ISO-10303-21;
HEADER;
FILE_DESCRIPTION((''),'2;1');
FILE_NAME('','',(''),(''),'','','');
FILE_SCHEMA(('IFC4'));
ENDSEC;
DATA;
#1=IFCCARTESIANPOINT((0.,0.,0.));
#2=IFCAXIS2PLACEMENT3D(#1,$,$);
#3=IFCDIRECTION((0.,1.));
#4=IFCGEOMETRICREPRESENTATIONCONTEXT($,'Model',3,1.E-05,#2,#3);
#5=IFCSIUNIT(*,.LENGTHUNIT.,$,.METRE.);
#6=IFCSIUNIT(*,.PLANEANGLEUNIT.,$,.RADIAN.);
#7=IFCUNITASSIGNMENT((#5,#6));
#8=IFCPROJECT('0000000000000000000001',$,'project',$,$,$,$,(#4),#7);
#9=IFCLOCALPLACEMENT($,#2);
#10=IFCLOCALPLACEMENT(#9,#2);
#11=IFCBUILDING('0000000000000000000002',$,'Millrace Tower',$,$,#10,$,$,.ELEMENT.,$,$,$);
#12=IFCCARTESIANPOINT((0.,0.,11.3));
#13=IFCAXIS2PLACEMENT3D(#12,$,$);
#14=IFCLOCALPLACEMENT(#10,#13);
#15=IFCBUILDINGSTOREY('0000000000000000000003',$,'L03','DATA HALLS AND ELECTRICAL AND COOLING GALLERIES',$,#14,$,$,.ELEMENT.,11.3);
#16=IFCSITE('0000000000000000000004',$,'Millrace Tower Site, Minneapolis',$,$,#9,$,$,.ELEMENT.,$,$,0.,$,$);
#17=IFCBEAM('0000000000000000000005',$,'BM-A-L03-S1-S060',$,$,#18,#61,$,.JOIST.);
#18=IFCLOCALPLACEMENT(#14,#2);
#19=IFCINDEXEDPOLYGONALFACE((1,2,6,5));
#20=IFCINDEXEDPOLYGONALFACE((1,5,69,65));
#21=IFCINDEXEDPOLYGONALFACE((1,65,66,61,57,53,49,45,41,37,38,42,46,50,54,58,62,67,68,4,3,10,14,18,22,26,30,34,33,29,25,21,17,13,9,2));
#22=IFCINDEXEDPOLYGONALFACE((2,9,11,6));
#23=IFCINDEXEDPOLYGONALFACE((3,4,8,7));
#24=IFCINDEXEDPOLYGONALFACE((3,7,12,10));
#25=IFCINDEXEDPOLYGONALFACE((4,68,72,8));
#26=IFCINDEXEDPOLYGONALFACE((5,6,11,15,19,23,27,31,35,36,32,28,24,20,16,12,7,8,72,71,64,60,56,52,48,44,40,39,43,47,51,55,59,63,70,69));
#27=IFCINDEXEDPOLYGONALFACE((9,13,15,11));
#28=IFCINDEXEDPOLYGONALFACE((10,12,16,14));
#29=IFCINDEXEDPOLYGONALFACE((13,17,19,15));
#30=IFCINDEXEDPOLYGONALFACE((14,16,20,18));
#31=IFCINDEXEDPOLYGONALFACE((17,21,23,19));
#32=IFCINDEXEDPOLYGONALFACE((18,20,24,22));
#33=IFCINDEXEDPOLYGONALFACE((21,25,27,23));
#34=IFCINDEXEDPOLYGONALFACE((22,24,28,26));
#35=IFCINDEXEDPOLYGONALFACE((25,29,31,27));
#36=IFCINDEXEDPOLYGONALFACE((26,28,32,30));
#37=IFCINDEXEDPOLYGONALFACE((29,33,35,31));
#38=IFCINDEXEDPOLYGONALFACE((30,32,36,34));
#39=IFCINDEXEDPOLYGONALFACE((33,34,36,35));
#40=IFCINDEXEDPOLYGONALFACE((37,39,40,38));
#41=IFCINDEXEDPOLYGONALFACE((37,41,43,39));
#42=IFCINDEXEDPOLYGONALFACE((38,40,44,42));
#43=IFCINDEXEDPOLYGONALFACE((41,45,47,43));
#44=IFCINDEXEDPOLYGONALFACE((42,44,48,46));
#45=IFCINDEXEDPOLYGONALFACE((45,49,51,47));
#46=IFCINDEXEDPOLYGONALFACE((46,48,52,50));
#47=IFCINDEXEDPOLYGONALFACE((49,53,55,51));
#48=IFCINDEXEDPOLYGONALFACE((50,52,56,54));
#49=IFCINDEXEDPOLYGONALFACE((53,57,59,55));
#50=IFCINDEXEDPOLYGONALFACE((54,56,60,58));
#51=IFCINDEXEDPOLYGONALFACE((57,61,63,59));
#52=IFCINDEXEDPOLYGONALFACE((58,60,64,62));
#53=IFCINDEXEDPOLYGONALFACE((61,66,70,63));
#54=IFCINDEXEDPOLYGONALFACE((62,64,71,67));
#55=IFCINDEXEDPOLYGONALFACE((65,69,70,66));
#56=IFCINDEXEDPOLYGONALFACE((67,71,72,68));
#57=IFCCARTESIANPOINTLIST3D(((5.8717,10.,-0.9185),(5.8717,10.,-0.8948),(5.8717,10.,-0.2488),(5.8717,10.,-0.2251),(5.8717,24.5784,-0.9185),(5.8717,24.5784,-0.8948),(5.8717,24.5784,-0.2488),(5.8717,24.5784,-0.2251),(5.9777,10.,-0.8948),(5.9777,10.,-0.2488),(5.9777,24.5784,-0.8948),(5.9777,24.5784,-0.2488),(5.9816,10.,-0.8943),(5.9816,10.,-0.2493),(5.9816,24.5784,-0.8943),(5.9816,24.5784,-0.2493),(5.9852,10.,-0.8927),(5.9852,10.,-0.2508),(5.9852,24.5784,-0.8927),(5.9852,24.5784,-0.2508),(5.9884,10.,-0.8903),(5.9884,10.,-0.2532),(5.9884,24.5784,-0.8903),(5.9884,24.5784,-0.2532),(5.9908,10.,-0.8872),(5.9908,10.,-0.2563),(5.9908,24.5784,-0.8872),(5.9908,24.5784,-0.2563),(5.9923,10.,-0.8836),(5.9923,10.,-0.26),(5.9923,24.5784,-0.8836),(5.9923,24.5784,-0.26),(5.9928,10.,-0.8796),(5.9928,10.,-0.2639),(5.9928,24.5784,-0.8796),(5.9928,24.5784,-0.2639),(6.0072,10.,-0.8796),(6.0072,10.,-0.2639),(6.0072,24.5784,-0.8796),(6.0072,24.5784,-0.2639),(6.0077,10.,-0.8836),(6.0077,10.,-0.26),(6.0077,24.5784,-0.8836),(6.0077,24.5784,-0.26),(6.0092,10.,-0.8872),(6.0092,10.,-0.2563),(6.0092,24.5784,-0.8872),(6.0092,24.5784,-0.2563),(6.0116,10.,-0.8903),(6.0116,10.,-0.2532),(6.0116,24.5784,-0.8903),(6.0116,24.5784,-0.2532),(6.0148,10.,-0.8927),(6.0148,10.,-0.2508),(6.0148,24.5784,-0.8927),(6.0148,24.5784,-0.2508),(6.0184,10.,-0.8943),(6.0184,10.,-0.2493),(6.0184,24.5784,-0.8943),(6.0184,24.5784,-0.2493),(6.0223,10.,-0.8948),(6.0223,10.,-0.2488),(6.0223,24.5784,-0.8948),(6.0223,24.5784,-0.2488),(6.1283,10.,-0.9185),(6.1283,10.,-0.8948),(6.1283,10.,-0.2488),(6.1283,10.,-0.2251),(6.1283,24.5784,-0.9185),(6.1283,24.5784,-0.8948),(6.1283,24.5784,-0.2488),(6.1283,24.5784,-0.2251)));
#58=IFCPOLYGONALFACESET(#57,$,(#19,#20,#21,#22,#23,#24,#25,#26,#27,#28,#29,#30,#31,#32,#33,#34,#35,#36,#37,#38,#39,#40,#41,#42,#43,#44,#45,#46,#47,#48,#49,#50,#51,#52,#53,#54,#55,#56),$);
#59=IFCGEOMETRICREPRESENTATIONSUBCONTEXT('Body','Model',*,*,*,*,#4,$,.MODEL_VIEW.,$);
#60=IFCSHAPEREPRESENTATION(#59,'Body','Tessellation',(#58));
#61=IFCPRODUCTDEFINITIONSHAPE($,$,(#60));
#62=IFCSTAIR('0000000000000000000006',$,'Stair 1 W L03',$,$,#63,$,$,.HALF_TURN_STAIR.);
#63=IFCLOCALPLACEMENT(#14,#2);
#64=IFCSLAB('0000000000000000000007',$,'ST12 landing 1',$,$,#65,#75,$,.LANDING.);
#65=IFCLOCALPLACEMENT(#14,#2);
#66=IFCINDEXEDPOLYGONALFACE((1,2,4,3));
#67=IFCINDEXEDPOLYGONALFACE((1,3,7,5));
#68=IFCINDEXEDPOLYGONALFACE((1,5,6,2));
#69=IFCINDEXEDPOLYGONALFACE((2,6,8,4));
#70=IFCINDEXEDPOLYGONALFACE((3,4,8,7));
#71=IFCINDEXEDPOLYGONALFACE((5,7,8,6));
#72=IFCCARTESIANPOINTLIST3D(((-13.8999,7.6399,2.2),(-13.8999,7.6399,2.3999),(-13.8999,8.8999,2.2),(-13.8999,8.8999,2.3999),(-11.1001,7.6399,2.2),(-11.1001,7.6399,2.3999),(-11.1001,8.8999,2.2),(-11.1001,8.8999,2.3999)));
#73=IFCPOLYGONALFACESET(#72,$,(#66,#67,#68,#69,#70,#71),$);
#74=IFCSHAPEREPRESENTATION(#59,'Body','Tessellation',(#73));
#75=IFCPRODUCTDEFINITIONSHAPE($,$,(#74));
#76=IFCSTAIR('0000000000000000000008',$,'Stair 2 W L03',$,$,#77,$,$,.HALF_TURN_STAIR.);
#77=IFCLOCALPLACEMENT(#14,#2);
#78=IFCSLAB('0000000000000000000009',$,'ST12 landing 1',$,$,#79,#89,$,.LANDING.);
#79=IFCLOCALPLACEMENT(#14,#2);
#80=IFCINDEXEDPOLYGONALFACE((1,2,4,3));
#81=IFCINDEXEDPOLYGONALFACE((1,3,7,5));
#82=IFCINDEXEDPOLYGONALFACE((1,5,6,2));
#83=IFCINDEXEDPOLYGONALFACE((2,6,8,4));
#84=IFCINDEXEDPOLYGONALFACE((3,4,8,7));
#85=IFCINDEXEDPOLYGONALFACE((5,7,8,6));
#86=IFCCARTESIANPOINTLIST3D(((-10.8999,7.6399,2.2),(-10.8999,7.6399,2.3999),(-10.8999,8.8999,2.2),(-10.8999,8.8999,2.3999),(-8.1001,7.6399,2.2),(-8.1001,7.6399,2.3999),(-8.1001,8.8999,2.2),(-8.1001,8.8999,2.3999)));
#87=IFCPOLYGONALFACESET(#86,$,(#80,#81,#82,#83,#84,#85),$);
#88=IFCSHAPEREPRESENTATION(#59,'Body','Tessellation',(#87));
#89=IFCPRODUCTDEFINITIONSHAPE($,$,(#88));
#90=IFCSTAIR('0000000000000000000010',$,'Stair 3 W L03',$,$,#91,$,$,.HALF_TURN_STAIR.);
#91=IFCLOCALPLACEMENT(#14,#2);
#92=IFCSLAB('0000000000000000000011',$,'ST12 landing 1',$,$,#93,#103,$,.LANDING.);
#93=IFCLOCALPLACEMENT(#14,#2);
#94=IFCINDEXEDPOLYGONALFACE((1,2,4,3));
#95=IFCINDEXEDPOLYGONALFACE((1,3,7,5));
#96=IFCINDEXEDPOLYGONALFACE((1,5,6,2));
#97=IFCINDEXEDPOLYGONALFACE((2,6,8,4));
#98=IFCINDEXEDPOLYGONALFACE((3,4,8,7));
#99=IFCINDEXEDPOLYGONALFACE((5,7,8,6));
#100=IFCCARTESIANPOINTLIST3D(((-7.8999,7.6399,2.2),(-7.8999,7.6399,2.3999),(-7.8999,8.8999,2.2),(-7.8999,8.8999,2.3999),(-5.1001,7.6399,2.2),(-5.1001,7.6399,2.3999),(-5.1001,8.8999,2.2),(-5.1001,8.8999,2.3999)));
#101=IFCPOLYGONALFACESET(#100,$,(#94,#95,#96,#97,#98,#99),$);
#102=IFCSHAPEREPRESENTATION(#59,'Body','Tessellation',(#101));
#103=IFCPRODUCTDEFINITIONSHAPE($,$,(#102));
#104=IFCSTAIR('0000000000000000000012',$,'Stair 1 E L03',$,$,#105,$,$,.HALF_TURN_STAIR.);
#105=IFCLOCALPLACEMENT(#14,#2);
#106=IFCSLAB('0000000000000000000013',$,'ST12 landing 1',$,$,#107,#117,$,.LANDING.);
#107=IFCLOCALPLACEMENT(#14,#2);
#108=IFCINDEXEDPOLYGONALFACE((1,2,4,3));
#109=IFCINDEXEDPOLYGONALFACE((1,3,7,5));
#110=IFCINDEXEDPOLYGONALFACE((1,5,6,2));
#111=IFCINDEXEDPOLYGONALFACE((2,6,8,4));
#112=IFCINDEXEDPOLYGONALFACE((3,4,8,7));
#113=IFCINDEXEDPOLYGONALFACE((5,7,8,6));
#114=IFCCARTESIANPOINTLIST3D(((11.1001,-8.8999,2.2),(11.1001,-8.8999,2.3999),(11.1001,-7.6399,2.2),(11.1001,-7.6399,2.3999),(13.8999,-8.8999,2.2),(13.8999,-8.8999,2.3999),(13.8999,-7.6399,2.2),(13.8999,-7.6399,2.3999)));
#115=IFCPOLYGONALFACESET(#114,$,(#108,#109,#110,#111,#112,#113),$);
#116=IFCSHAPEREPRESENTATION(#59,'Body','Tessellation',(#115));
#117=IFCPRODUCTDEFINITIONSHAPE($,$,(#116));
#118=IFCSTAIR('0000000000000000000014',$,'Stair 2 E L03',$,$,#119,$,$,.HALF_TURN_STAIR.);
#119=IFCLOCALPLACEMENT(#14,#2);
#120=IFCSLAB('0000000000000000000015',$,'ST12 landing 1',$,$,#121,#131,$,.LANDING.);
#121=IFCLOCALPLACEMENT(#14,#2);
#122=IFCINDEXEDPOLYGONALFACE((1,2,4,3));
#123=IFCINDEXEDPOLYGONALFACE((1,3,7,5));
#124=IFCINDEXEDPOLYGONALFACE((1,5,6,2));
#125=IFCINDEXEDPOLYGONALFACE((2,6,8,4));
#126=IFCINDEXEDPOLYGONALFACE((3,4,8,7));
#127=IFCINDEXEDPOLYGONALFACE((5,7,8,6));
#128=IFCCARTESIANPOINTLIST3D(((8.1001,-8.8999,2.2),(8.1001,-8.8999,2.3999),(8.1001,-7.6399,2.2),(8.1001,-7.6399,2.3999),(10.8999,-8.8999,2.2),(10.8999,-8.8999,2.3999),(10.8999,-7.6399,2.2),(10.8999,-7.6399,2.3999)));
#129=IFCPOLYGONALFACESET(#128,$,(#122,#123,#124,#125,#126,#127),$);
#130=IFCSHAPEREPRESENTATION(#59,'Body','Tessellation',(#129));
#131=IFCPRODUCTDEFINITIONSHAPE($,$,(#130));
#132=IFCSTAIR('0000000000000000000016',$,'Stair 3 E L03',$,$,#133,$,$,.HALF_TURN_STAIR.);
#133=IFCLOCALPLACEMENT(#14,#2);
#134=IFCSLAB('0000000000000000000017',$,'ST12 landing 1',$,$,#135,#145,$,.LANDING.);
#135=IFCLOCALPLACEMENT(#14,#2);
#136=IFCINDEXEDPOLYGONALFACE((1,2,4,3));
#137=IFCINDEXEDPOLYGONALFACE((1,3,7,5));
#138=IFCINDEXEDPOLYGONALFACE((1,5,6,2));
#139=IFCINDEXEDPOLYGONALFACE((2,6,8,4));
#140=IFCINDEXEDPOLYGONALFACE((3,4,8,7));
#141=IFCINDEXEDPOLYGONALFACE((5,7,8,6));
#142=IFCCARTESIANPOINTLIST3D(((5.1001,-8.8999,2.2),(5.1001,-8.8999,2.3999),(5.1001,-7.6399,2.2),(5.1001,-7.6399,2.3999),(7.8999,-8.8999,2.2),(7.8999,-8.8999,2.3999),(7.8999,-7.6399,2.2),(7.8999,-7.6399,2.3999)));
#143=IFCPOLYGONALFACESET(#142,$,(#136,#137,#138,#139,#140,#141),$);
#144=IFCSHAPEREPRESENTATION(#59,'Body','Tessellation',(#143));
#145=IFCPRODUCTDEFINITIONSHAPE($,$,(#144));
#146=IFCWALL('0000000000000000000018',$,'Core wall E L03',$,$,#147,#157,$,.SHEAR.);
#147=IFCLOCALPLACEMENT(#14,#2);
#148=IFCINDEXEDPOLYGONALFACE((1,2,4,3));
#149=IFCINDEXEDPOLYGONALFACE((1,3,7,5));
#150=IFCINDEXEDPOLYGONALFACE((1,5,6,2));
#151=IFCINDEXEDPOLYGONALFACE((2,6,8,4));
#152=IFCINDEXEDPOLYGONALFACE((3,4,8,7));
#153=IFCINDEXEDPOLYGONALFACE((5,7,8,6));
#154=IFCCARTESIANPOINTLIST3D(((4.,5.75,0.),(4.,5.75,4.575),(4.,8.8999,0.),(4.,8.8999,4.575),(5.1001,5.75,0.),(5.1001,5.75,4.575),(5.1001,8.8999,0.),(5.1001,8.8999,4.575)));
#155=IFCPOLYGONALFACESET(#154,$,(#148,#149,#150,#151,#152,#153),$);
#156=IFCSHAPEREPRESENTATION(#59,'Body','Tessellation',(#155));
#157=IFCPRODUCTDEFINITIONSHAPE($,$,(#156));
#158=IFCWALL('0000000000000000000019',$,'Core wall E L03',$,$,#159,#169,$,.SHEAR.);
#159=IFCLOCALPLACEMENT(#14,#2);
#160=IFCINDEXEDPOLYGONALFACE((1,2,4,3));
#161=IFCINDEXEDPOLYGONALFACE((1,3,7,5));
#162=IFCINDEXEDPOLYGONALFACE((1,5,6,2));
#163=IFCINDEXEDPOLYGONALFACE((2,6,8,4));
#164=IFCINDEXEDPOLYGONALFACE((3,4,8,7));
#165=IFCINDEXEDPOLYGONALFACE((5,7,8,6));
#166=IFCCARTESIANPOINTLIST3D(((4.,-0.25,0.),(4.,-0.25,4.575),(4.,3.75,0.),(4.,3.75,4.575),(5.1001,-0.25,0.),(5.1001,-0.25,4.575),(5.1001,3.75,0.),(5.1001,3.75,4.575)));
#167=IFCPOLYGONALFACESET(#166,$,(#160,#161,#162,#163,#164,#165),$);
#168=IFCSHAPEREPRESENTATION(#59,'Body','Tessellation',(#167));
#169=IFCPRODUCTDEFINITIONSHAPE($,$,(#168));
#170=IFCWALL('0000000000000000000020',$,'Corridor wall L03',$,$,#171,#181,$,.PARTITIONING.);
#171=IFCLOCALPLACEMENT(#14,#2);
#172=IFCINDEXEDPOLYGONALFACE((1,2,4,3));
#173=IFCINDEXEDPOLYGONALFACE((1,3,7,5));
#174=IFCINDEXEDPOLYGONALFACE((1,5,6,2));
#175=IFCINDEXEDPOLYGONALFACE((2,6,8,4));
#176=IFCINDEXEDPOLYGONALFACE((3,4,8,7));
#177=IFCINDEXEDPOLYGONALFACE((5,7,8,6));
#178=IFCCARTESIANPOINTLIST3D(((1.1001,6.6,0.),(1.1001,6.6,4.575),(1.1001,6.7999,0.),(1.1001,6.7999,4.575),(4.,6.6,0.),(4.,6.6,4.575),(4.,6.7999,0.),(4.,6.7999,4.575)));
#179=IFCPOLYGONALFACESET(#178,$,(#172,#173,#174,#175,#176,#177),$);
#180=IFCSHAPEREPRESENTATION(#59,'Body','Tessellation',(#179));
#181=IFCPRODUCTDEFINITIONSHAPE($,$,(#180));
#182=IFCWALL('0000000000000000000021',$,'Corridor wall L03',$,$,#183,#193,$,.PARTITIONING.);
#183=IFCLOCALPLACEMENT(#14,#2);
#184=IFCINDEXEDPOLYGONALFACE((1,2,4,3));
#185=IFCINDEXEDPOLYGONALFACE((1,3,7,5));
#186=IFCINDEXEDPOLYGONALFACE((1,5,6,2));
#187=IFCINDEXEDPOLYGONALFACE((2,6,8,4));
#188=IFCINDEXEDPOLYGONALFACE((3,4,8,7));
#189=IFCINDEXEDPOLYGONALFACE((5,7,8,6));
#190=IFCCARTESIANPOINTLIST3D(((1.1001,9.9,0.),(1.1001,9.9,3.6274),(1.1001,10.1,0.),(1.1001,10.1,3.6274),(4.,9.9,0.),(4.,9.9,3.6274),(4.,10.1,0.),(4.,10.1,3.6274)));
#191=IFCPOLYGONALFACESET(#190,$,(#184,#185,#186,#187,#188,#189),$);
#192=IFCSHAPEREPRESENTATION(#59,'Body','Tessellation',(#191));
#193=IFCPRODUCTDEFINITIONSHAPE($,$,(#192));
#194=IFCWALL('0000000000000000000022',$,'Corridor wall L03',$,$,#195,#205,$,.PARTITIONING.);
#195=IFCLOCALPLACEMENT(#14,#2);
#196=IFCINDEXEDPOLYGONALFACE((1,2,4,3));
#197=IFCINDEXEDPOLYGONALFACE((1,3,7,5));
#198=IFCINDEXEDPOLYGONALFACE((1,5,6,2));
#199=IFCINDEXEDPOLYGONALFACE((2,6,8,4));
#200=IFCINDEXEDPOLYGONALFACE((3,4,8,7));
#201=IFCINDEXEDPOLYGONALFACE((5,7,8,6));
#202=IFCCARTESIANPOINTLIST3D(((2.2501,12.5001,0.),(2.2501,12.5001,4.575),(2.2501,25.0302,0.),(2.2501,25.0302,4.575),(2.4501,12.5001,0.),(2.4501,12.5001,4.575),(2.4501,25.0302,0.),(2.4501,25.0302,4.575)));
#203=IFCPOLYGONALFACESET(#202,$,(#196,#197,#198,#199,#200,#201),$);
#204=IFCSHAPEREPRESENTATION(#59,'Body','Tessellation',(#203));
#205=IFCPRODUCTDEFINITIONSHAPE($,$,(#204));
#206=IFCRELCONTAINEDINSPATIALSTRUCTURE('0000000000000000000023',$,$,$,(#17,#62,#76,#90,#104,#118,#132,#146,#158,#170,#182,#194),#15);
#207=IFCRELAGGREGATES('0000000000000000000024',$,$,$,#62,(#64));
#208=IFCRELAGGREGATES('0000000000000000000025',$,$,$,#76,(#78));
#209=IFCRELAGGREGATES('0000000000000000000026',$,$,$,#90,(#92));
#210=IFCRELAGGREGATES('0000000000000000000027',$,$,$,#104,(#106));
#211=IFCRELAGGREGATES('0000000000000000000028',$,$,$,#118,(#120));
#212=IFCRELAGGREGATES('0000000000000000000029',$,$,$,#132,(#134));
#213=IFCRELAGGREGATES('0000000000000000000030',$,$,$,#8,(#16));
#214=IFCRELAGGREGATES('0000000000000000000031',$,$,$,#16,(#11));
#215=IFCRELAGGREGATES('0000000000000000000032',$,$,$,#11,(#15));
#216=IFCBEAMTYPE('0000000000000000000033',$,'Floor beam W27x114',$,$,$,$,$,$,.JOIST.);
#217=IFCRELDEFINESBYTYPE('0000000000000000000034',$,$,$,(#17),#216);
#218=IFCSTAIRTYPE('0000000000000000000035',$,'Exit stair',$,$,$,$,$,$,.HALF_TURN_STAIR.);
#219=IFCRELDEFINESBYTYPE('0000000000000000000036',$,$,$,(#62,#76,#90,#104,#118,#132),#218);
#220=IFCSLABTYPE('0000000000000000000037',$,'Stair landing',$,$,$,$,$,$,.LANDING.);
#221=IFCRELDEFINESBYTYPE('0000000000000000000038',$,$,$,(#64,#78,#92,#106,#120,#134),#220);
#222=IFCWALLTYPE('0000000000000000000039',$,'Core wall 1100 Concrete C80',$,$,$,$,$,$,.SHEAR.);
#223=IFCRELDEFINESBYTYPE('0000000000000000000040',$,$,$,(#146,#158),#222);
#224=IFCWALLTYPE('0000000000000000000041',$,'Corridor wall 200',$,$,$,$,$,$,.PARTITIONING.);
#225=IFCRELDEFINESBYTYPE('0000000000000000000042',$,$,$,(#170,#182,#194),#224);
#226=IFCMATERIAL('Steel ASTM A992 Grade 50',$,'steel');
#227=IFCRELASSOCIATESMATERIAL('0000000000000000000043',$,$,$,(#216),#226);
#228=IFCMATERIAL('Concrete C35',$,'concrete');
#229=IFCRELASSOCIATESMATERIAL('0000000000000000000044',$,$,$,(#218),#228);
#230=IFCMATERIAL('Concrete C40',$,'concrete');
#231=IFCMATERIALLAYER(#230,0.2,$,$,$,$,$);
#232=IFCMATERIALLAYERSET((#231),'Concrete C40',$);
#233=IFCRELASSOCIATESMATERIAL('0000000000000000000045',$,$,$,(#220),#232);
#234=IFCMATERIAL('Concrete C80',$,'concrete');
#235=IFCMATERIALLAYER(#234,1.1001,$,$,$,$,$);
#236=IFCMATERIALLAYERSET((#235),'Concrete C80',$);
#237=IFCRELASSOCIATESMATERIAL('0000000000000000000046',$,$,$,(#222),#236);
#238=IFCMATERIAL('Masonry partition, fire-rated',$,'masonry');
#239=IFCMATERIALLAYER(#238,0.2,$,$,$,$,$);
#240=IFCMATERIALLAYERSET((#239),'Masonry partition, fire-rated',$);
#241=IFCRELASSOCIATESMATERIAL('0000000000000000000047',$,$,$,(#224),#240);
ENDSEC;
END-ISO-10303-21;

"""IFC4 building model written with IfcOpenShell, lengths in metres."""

from ifc_helpers import new_model, si_unit, direction, frame, frame_2d, origin, origin_2d, place, context, subcontext, project, spatial, polyline, rectangle, i_section, outline, extrude, material, layer, layer_set, material_profile, profile_set, type_object, element, aggregate, save


model = new_model("IFC4")

# Units and contexts
model_context = context("Model", 3, precision=1e-05, world=origin(), true_north=direction((0.0, 1.0)))
body_context = subcontext(model_context, "Body", "Model", "MODEL_VIEW")
ifc_project = project(units=[si_unit("LENGTHUNIT", "METRE"), si_unit("PLANEANGLEUNIT", "RADIAN")], contexts=[model_context])

# Site, building, storey
site_placement = place(None, origin())
site = spatial("IfcSite", under=ifc_project, at=site_placement, Name="Millrace Tower Site, Minneapolis", CompositionType="ELEMENT", RefElevation=0.0)
building_placement = place(site_placement, origin())
building = spatial("IfcBuilding", under=site, at=building_placement, Name="Millrace Tower", CompositionType="ELEMENT")
storey_placement = place(building_placement, frame((0.0, 0.0, 11.3)))
storey = spatial("IfcBuildingStorey", under=building, at=storey_placement, Name="L03", Description="DATA HALLS AND ELECTRICAL AND COOLING GALLERIES", CompositionType="ELEMENT", Elevation=11.3)

# Shared definitions
placement_1 = place(storey_placement, origin())

# Beam
ifc_material_1 = material(Name="Steel ASTM A992 Grade 50", Category="steel")
ifc_material_profile_1 = material_profile(ifc_material_1, i_section(OverallWidth=0.2566, OverallDepth=0.6934, WebThickness=0.0144, FlangeThickness=0.0237, FilletRadius=0.0151, at=origin_2d()))
ifc_profile_set_1 = profile_set([ifc_material_profile_1], Name="Steel ASTM A992 Grade 50")
beam_type_1 = type_object("IfcBeamType", Name="Floor beam W27x114", PredefinedType="JOIST", material=ifc_profile_set_1)
beam_1_placement = place(storey_placement, frame((6.0, 10.0, -0.5718), z_axis=(0.0, 1.0, 0.0), x_axis=(-1.0, 0.0, 0.0)))
element("IfcBeam", 1, at=beam_1_placement, inside=storey, type_object=beam_type_1, Name="BM-A-L03-S1-S060", PredefinedType="JOIST", context=body_context, shape_type="SweptSolid", body=[
    extrude(i_section(OverallWidth=0.2566, OverallDepth=0.6934, WebThickness=0.0144, FlangeThickness=0.0237, FilletRadius=0.0151, at=origin_2d()), origin(), (0.0, 0.0, 1.0), 14.5784),
])

# Stairs, slabs
ifc_material_2 = material(Name="Concrete C35", Category="concrete")
stair_type = type_object("IfcStairType", Name="Exit stair", PredefinedType="HALF_TURN_STAIR", material=ifc_material_2)
stair_1 = element("IfcStair", 2, at=placement_1, inside=storey, type_object=stair_type, Name="Stair 1 W L03", PredefinedType="HALF_TURN_STAIR")
ifc_material_3 = material(Name="Concrete C40", Category="concrete")
ifc_layer_1 = layer(ifc_material_3, 0.2)
ifc_layer_set_1 = layer_set([ifc_layer_1], Name="Concrete C40")
slab_type = type_object("IfcSlabType", Name="Stair landing", PredefinedType="LANDING", material=ifc_layer_set_1)
placement_2 = place(storey_placement, frame((0.0, 0.0, 2.2)))
slab_1 = element("IfcSlab", 3, at=placement_2, type_object=slab_type, Name="ST12 landing 1", PredefinedType="LANDING", context=body_context, shape_type="SweptSolid", body=[
    extrude(outline(polyline([(-13.8999, 7.6399), (-11.1001, 7.6399), (-11.1001, 8.8999), (-13.8999, 8.8999), (-13.8999, 7.6399)])), origin(), (0.0, 0.0, 1.0), 0.2),
])
aggregate(stair_1, [slab_1])
stair_2 = element("IfcStair", 4, at=placement_1, inside=storey, type_object=stair_type, Name="Stair 2 W L03", PredefinedType="HALF_TURN_STAIR")
slab_2 = element("IfcSlab", 5, at=placement_2, type_object=slab_type, Name="ST12 landing 1", PredefinedType="LANDING", context=body_context, shape_type="SweptSolid", body=[
    extrude(outline(polyline([(-10.8999, 7.6399), (-8.1001, 7.6399), (-8.1001, 8.8999), (-10.8999, 8.8999), (-10.8999, 7.6399)])), origin(), (0.0, 0.0, 1.0), 0.2),
])
aggregate(stair_2, [slab_2])
stair_3 = element("IfcStair", 6, at=placement_1, inside=storey, type_object=stair_type, Name="Stair 3 W L03", PredefinedType="HALF_TURN_STAIR")
slab_3 = element("IfcSlab", 7, at=placement_2, type_object=slab_type, Name="ST12 landing 1", PredefinedType="LANDING", context=body_context, shape_type="SweptSolid", body=[
    extrude(outline(polyline([(-7.8999, 7.6399), (-5.1001, 7.6399), (-5.1001, 8.8999), (-7.8999, 8.8999), (-7.8999, 7.6399)])), origin(), (0.0, 0.0, 1.0), 0.2),
])
aggregate(stair_3, [slab_3])
stair_4 = element("IfcStair", 8, at=placement_1, inside=storey, type_object=stair_type, Name="Stair 1 E L03", PredefinedType="HALF_TURN_STAIR")
slab_4 = element("IfcSlab", 9, at=placement_2, type_object=slab_type, Name="ST12 landing 1", PredefinedType="LANDING", context=body_context, shape_type="SweptSolid", body=[
    extrude(outline(polyline([(11.1001, -8.8999), (13.8999, -8.8999), (13.8999, -7.6399), (11.1001, -7.6399), (11.1001, -8.8999)])), origin(), (0.0, 0.0, 1.0), 0.2),
])
aggregate(stair_4, [slab_4])
stair_5 = element("IfcStair", 10, at=placement_1, inside=storey, type_object=stair_type, Name="Stair 2 E L03", PredefinedType="HALF_TURN_STAIR")
slab_5 = element("IfcSlab", 11, at=placement_2, type_object=slab_type, Name="ST12 landing 1", PredefinedType="LANDING", context=body_context, shape_type="SweptSolid", body=[
    extrude(outline(polyline([(8.1001, -8.8999), (10.8999, -8.8999), (10.8999, -7.6399), (8.1001, -7.6399), (8.1001, -8.8999)])), origin(), (0.0, 0.0, 1.0), 0.2),
])
aggregate(stair_5, [slab_5])
stair_6 = element("IfcStair", 12, at=placement_1, inside=storey, type_object=stair_type, Name="Stair 3 E L03", PredefinedType="HALF_TURN_STAIR")
slab_6 = element("IfcSlab", 13, at=placement_2, type_object=slab_type, Name="ST12 landing 1", PredefinedType="LANDING", context=body_context, shape_type="SweptSolid", body=[
    extrude(outline(polyline([(5.1001, -8.8999), (7.8999, -8.8999), (7.8999, -7.6399), (5.1001, -7.6399), (5.1001, -8.8999)])), origin(), (0.0, 0.0, 1.0), 0.2),
])
aggregate(stair_6, [slab_6])

# Walls
ifc_material_4 = material(Name="Concrete C80", Category="concrete")
ifc_layer_2 = layer(ifc_material_4, 1.1001)
ifc_layer_set_2 = layer_set([ifc_layer_2], Name="Concrete C80")
wall_type_1 = type_object("IfcWallType", Name="Core wall 1100 Concrete C80", PredefinedType="SHEAR", material=ifc_layer_set_2)
wall_1_placement = place(storey_placement, frame((4.55, 8.8999, 0.0), z_axis=(0.0, 0.0, 1.0), x_axis=(0.0, -1.0, 0.0)))
element("IfcWall", 14, at=wall_1_placement, inside=storey, type_object=wall_type_1, Name="Core wall E L03", PredefinedType="SHEAR", context=body_context, shape_type="SweptSolid", body=[
    extrude(rectangle(XDim=3.1499, YDim=1.1001, at=frame_2d((1.575, 0.0))), origin(), (0.0, 0.0, 1.0), 4.575),
])
wall_2_placement = place(storey_placement, frame((4.55, 3.75, 0.0), z_axis=(0.0, 0.0, 1.0), x_axis=(0.0, -1.0, 0.0)))
element("IfcWall", 15, at=wall_2_placement, inside=storey, type_object=wall_type_1, Name="Core wall E L03", PredefinedType="SHEAR", context=body_context, shape_type="SweptSolid", body=[
    extrude(rectangle(XDim=4.0, YDim=1.1001, at=frame_2d((2.0, 0.0))), origin(), (0.0, 0.0, 1.0), 4.575),
])
ifc_material_5 = material(Name="Masonry partition, fire-rated", Category="masonry")
ifc_layer_3 = layer(ifc_material_5, 0.2)
ifc_layer_set_3 = layer_set([ifc_layer_3], Name="Masonry partition, fire-rated")
wall_type_2 = type_object("IfcWallType", Name="Corridor wall 200", PredefinedType="PARTITIONING", material=ifc_layer_set_3)
wall_3_placement = place(storey_placement, frame((1.1001, 6.7, 0.0), z_axis=(0.0, 0.0, 1.0), x_axis=(1.0, 0.0, 0.0)))
element("IfcWall", 16, at=wall_3_placement, inside=storey, type_object=wall_type_2, Name="Corridor wall L03", PredefinedType="PARTITIONING", context=body_context, shape_type="SweptSolid", body=[
    extrude(rectangle(XDim=2.8999, YDim=0.2, at=frame_2d((1.45, 0.0))), origin(), (0.0, 0.0, 1.0), 4.575),
])
wall_4_placement = place(storey_placement, frame((1.1001, 10.0, 0.0), z_axis=(0.0, 0.0, 1.0), x_axis=(1.0, 0.0, 0.0)))
element("IfcWall", 17, at=wall_4_placement, inside=storey, type_object=wall_type_2, Name="Corridor wall L03", PredefinedType="PARTITIONING", context=body_context, shape_type="SweptSolid", body=[
    extrude(rectangle(XDim=2.8999, YDim=0.2, at=frame_2d((1.45, 0.0))), origin(), (0.0, 0.0, 1.0), 3.6274),
])
wall_5_placement = place(storey_placement, frame((2.3501, 12.5, 0.0), z_axis=(0.0, 0.0, 1.0), x_axis=(0.0, 1.0, 0.0)))
element("IfcWall", 18, at=wall_5_placement, inside=storey, type_object=wall_type_2, Name="Corridor wall L03", PredefinedType="PARTITIONING", context=body_context, shape_type="SweptSolid", body=[
    extrude(rectangle(XDim=12.53, YDim=0.2, at=frame_2d((6.2651, 0.0))), origin(), (0.0, 0.0, 1.0), 4.575),
])

save(model, "model.ifc")
